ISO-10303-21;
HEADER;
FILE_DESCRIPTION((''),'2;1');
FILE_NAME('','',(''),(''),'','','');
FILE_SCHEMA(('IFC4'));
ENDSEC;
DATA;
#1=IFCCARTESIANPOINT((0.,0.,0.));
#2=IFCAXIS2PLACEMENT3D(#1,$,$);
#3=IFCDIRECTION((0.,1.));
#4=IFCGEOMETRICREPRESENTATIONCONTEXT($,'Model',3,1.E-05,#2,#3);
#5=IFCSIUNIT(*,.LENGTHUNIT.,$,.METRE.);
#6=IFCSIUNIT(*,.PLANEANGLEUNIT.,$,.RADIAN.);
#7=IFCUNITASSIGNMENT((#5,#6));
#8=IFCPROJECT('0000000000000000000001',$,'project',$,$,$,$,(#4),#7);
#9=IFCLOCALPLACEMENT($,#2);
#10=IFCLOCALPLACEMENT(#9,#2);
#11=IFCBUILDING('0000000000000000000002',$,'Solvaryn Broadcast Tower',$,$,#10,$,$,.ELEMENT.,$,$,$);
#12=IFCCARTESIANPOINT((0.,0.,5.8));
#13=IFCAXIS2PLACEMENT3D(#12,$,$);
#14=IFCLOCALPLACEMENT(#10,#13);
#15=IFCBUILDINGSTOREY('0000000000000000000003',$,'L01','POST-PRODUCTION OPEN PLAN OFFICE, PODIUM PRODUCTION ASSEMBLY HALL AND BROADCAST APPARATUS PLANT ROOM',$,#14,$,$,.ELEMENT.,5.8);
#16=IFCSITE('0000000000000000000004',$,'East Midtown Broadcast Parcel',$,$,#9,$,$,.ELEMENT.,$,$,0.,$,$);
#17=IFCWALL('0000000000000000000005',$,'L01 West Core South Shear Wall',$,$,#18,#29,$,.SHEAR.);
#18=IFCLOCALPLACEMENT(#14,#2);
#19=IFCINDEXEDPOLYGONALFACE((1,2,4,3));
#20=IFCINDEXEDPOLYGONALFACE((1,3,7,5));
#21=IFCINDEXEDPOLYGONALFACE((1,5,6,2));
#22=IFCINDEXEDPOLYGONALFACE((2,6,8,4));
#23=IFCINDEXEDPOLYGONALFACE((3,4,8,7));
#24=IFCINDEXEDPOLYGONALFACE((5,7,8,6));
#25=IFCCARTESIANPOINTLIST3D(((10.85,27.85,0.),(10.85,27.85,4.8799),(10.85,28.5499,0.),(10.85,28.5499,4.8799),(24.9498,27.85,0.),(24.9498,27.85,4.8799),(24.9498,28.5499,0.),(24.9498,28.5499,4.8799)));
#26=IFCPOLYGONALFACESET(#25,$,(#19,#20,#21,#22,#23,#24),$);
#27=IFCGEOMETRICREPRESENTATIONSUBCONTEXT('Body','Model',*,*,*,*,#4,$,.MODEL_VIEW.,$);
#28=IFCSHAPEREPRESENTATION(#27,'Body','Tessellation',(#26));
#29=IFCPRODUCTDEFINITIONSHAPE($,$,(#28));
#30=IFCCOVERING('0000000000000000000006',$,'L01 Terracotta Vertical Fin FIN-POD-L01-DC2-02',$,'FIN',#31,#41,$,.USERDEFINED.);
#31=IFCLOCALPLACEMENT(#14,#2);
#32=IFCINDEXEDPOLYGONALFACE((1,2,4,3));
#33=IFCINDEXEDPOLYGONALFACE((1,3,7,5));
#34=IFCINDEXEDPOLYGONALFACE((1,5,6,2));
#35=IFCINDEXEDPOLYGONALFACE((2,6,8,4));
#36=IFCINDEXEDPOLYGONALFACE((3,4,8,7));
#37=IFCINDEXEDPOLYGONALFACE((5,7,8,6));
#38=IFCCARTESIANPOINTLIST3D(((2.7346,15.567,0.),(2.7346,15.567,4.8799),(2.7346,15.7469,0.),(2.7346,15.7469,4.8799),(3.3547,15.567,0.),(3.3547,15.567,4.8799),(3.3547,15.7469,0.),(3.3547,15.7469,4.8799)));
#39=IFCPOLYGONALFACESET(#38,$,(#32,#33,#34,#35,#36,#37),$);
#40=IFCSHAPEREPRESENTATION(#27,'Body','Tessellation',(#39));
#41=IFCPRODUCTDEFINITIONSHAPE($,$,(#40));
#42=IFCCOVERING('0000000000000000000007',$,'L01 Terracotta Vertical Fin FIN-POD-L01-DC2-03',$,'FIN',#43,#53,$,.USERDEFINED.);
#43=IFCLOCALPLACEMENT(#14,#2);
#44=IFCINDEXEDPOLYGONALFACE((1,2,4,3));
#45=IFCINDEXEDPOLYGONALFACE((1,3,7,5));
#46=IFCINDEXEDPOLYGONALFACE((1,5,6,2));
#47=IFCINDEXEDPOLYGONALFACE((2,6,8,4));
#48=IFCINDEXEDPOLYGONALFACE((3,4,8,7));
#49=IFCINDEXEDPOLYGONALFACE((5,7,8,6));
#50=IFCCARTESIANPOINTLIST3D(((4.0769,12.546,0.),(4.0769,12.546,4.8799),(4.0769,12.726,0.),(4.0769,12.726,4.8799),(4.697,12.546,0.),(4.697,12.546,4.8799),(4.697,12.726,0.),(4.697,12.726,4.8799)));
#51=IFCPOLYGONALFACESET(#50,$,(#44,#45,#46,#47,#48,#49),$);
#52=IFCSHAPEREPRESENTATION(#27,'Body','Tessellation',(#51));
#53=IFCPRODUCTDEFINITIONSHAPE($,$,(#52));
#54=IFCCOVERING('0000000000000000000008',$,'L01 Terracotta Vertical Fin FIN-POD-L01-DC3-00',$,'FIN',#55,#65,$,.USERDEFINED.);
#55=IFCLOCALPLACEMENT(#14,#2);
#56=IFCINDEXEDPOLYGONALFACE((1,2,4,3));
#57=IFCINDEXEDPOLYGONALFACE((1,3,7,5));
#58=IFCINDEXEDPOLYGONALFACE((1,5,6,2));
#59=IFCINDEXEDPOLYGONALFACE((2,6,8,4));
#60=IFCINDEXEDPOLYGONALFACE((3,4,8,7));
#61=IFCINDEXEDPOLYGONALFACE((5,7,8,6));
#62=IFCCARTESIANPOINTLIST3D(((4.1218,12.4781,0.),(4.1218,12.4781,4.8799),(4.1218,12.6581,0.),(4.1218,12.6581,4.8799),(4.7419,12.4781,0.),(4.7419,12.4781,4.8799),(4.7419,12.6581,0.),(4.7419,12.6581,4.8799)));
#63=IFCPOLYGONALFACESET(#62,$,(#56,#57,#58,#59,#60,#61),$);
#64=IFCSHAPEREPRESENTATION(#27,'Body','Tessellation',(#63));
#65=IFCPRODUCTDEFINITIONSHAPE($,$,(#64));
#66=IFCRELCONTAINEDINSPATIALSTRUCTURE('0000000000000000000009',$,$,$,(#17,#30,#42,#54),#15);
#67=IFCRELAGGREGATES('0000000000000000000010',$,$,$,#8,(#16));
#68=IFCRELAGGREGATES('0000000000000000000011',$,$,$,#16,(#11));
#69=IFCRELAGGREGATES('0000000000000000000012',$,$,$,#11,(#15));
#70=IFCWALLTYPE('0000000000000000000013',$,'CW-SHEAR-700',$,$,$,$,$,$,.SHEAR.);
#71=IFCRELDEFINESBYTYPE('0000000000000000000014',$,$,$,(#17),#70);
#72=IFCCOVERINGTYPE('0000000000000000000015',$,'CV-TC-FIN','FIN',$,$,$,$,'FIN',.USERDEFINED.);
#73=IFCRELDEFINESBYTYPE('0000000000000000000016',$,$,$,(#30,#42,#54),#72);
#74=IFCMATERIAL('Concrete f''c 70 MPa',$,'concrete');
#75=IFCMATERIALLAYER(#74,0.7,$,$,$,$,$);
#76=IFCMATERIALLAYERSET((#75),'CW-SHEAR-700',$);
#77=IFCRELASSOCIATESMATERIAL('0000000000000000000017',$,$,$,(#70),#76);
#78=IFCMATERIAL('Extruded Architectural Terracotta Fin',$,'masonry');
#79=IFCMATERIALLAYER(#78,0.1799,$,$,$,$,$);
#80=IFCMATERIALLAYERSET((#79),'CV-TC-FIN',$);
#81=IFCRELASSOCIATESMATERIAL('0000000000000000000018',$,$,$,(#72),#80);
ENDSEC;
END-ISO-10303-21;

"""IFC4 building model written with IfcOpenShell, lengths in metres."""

from ifc_helpers import new_model, si_unit, direction, frame, frame_2d, origin, origin_2d, place, context, subcontext, project, spatial, rectangle, extrude, material, layer, layer_set, type_object, element, save


model = new_model("IFC4")

# Units and contexts
model_context = context("Model", 3, precision=1e-05, world=origin(), true_north=direction((0.0, 1.0)))
body_context = subcontext(model_context, "Body", "Model", "MODEL_VIEW")
ifc_project = project(units=[si_unit("LENGTHUNIT", "METRE"), si_unit("PLANEANGLEUNIT", "RADIAN")], contexts=[model_context])

# Site, building, storey
site_placement = place(None, origin())
site = spatial("IfcSite", under=ifc_project, at=site_placement, Name="East Midtown Broadcast Parcel", CompositionType="ELEMENT", RefElevation=0.0)
building_placement = place(site_placement, origin())
building = spatial("IfcBuilding", under=site, at=building_placement, Name="Solvaryn Broadcast Tower", CompositionType="ELEMENT")
storey_placement = place(building_placement, frame((0.0, 0.0, 5.8)))
storey = spatial("IfcBuildingStorey", under=building, at=storey_placement, Name="L01", Description="POST-PRODUCTION OPEN PLAN OFFICE, PODIUM PRODUCTION ASSEMBLY HALL AND BROADCAST APPARATUS PLANT ROOM", CompositionType="ELEMENT", Elevation=5.8)

# Wall
ifc_material_1 = material(Name="Concrete f'c 70 MPa", Category="concrete")
ifc_layer_1 = layer(ifc_material_1, 0.7)
ifc_layer_set_1 = layer_set([ifc_layer_1], Name="CW-SHEAR-700")
wall_type = type_object("IfcWallType", Name="CW-SHEAR-700", PredefinedType="SHEAR", material=ifc_layer_set_1)
wall_placement = place(storey_placement, frame((10.8501, 28.2, 0.0), z_axis=(0.0, 0.0, 1.0), x_axis=(1.0, 0.0, 0.0)))
element("IfcWall", 1, at=wall_placement, inside=storey, type_object=wall_type, Name="L01 West Core South Shear Wall", PredefinedType="SHEAR", context=body_context, shape_type="SweptSolid", body=[
    extrude(rectangle(XDim=14.0999, YDim=0.7, at=frame_2d((7.0498, 0.0))), origin(), (0.0, 0.0, 1.0), 4.8799),
])

# Coverings
ifc_material_2 = material(Name="Extruded Architectural Terracotta Fin", Category="masonry")
ifc_layer_2 = layer(ifc_material_2, 0.1799)
ifc_layer_set_2 = layer_set([ifc_layer_2], Name="CV-TC-FIN")
covering_type = type_object("IfcCoveringType", Name="CV-TC-FIN", Description="FIN", ElementType="FIN", PredefinedType="USERDEFINED", material=ifc_layer_set_2)
for number, where, z_axis, x_axis, name in (
    (2, (3.0447, 15.657, 0.0), (0.0, 0.0, 1.0), (1.0, 0.0, 0.0), "L01 Terracotta Vertical Fin FIN-POD-L01-DC2-02"),
    (3, (4.387, 12.636, 0.0), (0.0, 0.0, 1.0), (1.0, 0.0, 0.0), "L01 Terracotta Vertical Fin FIN-POD-L01-DC2-03"),
    (4, (4.4319, 12.5681, 0.0), (0.0, 0.0, 1.0), (1.0, 0.0, 0.0), "L01 Terracotta Vertical Fin FIN-POD-L01-DC3-00"),
):
    element("IfcCovering", number, at=place(storey_placement, frame(where, z_axis=z_axis, x_axis=x_axis)), inside=storey, type_object=covering_type, Name=name, ObjectType="FIN", PredefinedType="USERDEFINED", context=body_context, shape_type="SweptSolid", body=[
        extrude(rectangle(XDim=0.6201, YDim=0.1799, at=origin_2d()), origin(), (0.0, 0.0, 1.0), 4.8799),
    ])

save(model, "model.ifc")
